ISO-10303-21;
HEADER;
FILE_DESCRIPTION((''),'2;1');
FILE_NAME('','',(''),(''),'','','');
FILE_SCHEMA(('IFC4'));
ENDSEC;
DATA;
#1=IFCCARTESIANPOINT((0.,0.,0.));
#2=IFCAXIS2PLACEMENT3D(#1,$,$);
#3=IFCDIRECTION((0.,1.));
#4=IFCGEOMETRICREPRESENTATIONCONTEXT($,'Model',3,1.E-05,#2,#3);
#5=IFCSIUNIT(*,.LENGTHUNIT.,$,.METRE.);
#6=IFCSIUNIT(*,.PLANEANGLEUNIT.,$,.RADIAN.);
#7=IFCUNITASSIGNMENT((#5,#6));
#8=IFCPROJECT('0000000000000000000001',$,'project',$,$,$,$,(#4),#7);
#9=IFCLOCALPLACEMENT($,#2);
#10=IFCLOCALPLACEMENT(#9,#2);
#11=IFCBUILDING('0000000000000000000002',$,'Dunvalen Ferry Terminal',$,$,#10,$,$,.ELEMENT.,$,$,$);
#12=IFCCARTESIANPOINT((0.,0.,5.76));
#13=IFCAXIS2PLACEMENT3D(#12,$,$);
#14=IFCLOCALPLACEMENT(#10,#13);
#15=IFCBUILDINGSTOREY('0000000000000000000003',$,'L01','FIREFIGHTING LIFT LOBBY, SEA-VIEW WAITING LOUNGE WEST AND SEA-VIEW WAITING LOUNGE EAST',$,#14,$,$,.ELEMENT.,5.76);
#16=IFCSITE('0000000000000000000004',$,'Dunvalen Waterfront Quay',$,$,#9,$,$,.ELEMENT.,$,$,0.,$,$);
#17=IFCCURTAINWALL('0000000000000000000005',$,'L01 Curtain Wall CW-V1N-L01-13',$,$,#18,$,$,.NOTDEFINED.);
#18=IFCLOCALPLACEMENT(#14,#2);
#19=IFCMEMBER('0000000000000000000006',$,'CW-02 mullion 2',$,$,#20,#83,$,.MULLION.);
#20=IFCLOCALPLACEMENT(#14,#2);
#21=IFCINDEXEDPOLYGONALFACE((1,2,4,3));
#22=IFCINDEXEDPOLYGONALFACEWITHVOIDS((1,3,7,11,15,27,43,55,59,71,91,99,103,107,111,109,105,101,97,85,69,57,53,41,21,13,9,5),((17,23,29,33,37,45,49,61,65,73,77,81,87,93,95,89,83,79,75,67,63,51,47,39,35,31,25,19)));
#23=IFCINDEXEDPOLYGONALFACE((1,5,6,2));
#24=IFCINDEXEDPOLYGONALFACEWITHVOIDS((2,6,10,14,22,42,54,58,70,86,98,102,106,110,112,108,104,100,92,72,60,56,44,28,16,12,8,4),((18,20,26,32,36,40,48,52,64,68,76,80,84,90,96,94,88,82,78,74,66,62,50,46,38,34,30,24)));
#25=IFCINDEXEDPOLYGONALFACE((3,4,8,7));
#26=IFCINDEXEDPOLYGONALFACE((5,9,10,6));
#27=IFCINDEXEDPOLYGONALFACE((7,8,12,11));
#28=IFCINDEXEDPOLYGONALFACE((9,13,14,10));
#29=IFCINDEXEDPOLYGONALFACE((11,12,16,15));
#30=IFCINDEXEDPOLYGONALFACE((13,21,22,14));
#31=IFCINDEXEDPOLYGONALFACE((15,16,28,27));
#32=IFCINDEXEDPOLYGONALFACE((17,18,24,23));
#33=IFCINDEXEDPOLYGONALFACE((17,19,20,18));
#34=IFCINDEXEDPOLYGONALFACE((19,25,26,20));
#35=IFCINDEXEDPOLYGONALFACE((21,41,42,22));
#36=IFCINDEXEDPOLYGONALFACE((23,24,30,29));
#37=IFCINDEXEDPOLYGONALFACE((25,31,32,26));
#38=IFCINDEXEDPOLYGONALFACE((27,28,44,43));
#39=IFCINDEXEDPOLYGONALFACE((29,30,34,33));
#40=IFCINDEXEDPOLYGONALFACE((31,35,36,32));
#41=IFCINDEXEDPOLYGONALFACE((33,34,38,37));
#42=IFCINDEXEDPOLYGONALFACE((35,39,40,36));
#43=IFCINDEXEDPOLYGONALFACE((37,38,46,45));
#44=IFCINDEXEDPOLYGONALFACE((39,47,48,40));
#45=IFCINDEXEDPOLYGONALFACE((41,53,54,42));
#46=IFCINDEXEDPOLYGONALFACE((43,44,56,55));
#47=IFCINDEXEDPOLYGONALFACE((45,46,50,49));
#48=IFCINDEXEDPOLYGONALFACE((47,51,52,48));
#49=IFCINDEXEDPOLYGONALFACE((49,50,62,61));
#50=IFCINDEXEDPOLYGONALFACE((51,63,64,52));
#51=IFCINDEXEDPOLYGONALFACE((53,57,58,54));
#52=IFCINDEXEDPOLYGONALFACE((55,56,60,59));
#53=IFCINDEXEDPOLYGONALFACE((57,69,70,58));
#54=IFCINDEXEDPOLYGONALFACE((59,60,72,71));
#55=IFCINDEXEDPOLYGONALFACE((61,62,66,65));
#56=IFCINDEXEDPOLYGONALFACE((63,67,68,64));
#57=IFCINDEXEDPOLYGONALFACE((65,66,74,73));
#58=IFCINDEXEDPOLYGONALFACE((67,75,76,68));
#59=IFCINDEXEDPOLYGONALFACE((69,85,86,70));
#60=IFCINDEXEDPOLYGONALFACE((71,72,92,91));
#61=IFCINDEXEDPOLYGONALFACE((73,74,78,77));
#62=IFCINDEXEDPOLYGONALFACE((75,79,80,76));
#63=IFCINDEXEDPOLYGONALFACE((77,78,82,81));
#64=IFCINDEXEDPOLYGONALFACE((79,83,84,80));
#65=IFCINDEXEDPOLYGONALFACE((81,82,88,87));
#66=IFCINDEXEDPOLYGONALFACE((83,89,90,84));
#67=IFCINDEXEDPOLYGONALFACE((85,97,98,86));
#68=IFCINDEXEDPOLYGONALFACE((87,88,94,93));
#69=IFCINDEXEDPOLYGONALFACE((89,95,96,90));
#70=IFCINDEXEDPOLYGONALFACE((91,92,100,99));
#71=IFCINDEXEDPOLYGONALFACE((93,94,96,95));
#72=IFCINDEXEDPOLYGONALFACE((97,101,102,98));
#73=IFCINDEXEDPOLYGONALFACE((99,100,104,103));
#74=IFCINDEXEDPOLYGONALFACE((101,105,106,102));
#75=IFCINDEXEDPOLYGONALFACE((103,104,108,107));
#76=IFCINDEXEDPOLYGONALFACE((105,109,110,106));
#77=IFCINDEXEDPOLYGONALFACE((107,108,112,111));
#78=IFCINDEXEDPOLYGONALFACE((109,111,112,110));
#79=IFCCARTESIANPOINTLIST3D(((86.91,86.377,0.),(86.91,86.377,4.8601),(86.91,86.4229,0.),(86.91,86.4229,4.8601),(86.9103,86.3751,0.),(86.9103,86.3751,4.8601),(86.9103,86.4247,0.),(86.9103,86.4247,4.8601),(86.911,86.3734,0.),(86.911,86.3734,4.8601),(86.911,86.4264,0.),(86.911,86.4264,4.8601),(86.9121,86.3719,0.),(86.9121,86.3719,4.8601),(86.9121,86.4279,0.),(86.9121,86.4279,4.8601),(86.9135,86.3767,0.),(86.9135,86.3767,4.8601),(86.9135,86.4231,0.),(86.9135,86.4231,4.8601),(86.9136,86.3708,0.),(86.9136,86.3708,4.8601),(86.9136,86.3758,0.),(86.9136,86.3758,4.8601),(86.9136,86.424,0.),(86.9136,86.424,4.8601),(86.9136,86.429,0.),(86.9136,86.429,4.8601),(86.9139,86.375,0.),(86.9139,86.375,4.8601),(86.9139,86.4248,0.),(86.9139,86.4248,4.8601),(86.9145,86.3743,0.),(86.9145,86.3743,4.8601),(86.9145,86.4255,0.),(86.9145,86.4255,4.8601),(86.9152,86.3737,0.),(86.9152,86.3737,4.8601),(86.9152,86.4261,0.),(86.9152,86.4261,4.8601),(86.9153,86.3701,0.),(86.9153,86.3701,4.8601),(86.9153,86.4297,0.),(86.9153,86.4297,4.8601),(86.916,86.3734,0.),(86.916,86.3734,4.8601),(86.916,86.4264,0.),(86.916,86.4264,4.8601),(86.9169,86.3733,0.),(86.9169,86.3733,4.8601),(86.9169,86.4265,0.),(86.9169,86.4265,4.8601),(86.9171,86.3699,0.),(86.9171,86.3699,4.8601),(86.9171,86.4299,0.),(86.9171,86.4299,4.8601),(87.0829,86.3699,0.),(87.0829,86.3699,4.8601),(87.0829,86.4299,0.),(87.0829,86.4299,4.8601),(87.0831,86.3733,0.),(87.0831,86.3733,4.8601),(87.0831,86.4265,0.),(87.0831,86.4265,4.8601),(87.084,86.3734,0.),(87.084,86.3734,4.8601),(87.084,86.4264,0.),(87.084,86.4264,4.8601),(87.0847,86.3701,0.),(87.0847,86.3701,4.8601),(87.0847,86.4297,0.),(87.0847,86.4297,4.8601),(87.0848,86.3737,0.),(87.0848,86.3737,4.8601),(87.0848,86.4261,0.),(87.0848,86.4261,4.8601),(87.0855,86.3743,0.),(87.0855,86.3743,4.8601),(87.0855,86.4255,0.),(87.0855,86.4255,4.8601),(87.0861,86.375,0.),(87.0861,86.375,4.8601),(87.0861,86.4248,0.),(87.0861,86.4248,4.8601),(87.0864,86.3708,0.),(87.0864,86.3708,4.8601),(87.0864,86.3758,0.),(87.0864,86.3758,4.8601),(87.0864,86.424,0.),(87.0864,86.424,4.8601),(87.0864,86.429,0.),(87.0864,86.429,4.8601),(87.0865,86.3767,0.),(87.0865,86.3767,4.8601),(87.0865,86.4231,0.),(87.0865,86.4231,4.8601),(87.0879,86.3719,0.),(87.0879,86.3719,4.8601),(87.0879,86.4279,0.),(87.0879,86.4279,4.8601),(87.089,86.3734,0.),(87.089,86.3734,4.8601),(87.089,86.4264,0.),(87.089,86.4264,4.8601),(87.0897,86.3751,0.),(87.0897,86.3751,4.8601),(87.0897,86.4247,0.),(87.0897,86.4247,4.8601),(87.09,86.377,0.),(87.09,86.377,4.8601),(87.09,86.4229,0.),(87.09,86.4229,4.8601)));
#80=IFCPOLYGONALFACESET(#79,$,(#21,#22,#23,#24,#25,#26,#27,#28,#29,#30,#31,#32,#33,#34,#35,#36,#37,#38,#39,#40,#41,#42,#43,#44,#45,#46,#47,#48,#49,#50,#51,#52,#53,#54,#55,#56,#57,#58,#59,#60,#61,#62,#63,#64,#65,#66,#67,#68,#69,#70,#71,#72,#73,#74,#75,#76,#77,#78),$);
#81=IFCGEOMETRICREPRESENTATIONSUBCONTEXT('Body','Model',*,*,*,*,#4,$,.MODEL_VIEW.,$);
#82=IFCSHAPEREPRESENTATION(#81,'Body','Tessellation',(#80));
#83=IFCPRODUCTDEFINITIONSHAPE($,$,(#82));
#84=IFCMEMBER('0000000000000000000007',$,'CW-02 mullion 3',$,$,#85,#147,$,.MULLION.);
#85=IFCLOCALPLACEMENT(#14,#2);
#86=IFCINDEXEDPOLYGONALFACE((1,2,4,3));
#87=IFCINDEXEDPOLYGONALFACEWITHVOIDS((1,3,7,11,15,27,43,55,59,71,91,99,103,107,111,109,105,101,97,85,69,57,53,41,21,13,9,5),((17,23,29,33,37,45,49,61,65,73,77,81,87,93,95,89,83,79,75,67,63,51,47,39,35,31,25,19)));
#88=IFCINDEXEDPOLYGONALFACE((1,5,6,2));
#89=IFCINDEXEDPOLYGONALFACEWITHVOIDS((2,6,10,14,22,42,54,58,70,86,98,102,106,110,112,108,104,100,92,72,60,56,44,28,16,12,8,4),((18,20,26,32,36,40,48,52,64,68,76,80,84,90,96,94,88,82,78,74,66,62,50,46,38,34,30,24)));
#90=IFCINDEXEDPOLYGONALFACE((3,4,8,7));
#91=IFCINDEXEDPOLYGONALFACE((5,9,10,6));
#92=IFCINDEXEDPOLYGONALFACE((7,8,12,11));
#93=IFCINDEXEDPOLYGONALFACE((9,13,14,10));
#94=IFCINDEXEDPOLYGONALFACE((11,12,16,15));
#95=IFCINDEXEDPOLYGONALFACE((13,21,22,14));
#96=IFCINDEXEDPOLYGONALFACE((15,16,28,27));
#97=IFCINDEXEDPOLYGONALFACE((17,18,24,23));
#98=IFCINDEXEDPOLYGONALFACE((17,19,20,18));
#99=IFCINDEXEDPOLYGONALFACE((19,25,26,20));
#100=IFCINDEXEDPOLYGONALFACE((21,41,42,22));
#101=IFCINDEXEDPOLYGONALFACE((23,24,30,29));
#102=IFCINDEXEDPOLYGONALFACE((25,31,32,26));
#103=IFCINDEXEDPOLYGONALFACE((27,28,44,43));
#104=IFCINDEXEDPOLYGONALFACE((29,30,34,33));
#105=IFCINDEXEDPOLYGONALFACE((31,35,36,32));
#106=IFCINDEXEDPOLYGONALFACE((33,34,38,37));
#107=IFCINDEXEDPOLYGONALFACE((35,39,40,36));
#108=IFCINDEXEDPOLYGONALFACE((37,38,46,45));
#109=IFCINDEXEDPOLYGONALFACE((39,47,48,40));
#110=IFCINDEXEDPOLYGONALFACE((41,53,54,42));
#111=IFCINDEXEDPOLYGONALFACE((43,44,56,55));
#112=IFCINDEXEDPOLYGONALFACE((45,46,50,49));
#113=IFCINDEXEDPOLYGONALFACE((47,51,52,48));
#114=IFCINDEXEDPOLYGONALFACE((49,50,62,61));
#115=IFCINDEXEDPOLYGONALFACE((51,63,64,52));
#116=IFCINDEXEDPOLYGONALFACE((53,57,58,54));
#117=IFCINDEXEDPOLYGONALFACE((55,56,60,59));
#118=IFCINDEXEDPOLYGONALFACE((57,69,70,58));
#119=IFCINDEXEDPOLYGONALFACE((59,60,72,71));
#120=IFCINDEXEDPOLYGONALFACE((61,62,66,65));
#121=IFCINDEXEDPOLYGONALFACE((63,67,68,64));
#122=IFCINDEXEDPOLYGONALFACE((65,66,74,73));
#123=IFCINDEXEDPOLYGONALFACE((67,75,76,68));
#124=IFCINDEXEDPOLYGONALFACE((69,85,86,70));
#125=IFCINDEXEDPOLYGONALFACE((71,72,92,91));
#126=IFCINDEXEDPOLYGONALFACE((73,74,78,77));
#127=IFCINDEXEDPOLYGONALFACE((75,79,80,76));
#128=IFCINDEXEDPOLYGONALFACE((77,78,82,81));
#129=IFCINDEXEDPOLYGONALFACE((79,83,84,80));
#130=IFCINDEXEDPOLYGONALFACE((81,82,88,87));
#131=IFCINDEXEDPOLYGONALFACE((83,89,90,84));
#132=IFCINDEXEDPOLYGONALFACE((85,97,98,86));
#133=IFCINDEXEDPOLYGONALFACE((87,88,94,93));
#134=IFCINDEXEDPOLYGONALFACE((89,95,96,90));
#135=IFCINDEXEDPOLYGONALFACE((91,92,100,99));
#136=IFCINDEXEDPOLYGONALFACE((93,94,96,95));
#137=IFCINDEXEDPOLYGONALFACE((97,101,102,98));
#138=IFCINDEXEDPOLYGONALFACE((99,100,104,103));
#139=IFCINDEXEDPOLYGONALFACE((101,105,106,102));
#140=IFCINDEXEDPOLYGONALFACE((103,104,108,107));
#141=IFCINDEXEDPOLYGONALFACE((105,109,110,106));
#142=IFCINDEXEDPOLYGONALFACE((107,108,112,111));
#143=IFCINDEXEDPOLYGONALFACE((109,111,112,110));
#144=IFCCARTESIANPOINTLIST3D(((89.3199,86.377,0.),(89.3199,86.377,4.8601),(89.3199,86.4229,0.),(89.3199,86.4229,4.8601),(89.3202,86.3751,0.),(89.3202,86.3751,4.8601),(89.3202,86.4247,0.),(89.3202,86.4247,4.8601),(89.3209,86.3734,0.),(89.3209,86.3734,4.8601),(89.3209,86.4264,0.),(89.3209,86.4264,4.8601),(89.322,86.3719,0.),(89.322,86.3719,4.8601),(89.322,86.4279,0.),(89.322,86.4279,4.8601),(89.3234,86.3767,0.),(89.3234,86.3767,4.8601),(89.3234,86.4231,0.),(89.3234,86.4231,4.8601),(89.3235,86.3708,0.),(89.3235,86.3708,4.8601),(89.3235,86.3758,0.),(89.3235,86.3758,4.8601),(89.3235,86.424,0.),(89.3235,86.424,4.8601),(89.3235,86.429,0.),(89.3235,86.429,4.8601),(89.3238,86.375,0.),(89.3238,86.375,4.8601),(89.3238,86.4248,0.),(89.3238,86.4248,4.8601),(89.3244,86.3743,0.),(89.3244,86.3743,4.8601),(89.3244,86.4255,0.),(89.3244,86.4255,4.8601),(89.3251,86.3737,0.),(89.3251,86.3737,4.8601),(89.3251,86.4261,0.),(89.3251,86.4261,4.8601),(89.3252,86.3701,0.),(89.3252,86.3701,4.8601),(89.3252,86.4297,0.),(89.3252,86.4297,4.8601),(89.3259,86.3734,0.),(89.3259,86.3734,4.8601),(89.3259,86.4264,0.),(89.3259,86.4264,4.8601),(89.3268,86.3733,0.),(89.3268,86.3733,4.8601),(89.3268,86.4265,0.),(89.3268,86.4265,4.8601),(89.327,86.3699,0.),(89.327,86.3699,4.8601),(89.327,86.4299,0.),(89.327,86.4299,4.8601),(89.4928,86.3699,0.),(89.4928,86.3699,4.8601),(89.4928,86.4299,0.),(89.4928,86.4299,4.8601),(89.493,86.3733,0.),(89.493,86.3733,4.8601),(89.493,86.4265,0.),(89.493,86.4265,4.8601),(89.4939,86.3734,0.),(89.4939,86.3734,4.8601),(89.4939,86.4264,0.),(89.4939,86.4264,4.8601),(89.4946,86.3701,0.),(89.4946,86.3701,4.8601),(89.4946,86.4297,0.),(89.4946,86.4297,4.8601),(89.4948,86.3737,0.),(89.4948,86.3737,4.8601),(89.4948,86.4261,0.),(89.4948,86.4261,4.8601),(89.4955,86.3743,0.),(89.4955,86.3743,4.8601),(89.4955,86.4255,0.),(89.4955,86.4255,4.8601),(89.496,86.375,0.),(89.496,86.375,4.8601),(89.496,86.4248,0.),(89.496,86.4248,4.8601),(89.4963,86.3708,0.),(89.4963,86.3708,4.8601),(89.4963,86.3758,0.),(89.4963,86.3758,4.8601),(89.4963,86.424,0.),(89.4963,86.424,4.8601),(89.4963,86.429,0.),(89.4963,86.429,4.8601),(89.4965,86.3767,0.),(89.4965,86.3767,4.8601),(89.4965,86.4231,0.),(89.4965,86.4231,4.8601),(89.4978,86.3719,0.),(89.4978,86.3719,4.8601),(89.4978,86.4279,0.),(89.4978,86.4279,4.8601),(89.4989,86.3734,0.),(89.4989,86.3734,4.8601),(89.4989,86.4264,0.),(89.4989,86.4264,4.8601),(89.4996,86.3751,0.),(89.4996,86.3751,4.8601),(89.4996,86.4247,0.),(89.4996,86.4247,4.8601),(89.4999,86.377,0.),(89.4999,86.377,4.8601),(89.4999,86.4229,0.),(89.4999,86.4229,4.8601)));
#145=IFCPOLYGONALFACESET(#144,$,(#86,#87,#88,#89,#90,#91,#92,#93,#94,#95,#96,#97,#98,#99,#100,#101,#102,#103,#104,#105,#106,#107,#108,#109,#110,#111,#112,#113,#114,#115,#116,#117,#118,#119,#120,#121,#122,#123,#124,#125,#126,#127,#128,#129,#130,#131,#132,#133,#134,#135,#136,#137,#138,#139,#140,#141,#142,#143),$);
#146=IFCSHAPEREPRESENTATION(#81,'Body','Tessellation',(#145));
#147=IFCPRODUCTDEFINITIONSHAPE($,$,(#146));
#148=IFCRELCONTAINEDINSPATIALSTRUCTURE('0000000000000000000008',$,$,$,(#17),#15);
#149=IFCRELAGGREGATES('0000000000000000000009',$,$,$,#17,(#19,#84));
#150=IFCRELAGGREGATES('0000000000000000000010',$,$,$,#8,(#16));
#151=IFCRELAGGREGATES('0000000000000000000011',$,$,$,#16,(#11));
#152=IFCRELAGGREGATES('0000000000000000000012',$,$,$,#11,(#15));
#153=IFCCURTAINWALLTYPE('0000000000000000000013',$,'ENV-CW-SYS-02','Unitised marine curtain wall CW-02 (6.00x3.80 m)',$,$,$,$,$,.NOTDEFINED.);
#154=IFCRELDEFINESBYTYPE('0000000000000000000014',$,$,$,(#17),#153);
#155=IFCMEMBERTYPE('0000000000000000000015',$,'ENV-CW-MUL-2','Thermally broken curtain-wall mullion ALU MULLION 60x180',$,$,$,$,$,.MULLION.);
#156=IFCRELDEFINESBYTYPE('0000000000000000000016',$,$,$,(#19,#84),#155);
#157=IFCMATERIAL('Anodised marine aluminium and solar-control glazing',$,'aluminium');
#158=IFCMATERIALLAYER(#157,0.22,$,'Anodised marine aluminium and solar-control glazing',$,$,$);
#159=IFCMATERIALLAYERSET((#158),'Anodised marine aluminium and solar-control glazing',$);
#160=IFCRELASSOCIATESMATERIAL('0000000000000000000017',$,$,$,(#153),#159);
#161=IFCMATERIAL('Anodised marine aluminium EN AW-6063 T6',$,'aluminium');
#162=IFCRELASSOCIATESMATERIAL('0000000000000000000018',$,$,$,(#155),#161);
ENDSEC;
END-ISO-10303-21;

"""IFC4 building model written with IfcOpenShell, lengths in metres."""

from ifc_helpers import new_model, si_unit, direction, frame, origin, origin_2d, place, context, subcontext, project, spatial, hollow_rectangle, extrude, material, layer, layer_set, material_profile, profile_set, type_object, element, aggregate, save


model = new_model("IFC4")

# Units and contexts
model_context = context("Model", 3, precision=1e-05, world=origin(), true_north=direction((0.0, 1.0)))
body_context = subcontext(model_context, "Body", "Model", "MODEL_VIEW")
ifc_project = project(units=[si_unit("LENGTHUNIT", "METRE"), si_unit("PLANEANGLEUNIT", "RADIAN")], contexts=[model_context])

# Site, building, storey
site_placement = place(None, origin())
site = spatial("IfcSite", under=ifc_project, at=site_placement, Name="Dunvalen Waterfront Quay", CompositionType="ELEMENT", RefElevation=0.0)
building_placement = place(site_placement, origin())
building = spatial("IfcBuilding", under=site, at=building_placement, Name="Dunvalen Ferry Terminal", CompositionType="ELEMENT")
storey_placement = place(building_placement, frame((0.0, 0.0, 5.76)))
storey = spatial("IfcBuildingStorey", under=building, at=storey_placement, Name="L01", Description="FIREFIGHTING LIFT LOBBY, SEA-VIEW WAITING LOUNGE WEST AND SEA-VIEW WAITING LOUNGE EAST", CompositionType="ELEMENT", Elevation=5.76)

# Curtain wall, members
ifc_material_1 = material(Name="Anodised marine aluminium and solar-control glazing", Category="aluminium")
ifc_layer_1 = layer(ifc_material_1, 0.22, Name="Anodised marine aluminium and solar-control glazing")
ifc_layer_set_1 = layer_set([ifc_layer_1], Name="Anodised marine aluminium and solar-control glazing")
curtain_wall_type_1 = type_object("IfcCurtainWallType", Name="ENV-CW-SYS-02", Description="Unitised marine curtain wall CW-02 (6.00x3.80 m)", PredefinedType="NOTDEFINED", material=ifc_layer_set_1)
curtain_wall_1_placement = place(storey_placement, origin())
curtain_wall_1 = element("IfcCurtainWall", 1, at=curtain_wall_1_placement, inside=storey, type_object=curtain_wall_type_1, Name="L01 Curtain Wall CW-V1N-L01-13", PredefinedType="NOTDEFINED")
ifc_material_2 = material(Name="Anodised marine aluminium EN AW-6063 T6", Category="aluminium")
ifc_material_profile_1 = material_profile(ifc_material_2, hollow_rectangle(XDim=0.0601, YDim=0.1799, WallThickness=0.0034, InnerFilletRadius=0.0034, OuterFilletRadius=0.0071, at=origin_2d()), Name="Anodised marine aluminium EN AW-6063 T6")
ifc_profile_set_1 = profile_set([ifc_material_profile_1], Name="Anodised marine aluminium EN AW-6063 T6")
member_type_1 = type_object("IfcMemberType", Name="ENV-CW-MUL-2", Description="Thermally broken curtain-wall mullion ALU MULLION 60x180", PredefinedType="MULLION", material=ifc_profile_set_1)
member_1_placement = place(storey_placement, frame((87.0, 86.3999, 0.0), z_axis=(0.0, 0.0, 1.0), x_axis=(0.0, 1.0, 0.0)))
member_1 = element("IfcMember", 2, at=member_1_placement, type_object=member_type_1, Name="CW-02 mullion 2", PredefinedType="MULLION", context=body_context, shape_type="SweptSolid", body=[
    extrude(hollow_rectangle(XDim=0.0601, YDim=0.1799, WallThickness=0.0034, InnerFilletRadius=0.0034, OuterFilletRadius=0.0071, at=origin_2d()), origin(), (0.0, 0.0, 1.0), 4.8601),
])
member_2_placement = place(storey_placement, frame((89.4099, 86.3999, 0.0), z_axis=(0.0, 0.0, 1.0), x_axis=(0.0, 1.0, 0.0)))
member_2 = element("IfcMember", 3, at=member_2_placement, type_object=member_type_1, Name="CW-02 mullion 3", PredefinedType="MULLION", context=body_context, shape_type="SweptSolid", body=[
    extrude(hollow_rectangle(XDim=0.0601, YDim=0.1799, WallThickness=0.0034, InnerFilletRadius=0.0034, OuterFilletRadius=0.0071, at=origin_2d()), origin(), (0.0, 0.0, 1.0), 4.8601),
])

aggregate(curtain_wall_1, [member_1, member_2])

save(model, "model.ifc")
